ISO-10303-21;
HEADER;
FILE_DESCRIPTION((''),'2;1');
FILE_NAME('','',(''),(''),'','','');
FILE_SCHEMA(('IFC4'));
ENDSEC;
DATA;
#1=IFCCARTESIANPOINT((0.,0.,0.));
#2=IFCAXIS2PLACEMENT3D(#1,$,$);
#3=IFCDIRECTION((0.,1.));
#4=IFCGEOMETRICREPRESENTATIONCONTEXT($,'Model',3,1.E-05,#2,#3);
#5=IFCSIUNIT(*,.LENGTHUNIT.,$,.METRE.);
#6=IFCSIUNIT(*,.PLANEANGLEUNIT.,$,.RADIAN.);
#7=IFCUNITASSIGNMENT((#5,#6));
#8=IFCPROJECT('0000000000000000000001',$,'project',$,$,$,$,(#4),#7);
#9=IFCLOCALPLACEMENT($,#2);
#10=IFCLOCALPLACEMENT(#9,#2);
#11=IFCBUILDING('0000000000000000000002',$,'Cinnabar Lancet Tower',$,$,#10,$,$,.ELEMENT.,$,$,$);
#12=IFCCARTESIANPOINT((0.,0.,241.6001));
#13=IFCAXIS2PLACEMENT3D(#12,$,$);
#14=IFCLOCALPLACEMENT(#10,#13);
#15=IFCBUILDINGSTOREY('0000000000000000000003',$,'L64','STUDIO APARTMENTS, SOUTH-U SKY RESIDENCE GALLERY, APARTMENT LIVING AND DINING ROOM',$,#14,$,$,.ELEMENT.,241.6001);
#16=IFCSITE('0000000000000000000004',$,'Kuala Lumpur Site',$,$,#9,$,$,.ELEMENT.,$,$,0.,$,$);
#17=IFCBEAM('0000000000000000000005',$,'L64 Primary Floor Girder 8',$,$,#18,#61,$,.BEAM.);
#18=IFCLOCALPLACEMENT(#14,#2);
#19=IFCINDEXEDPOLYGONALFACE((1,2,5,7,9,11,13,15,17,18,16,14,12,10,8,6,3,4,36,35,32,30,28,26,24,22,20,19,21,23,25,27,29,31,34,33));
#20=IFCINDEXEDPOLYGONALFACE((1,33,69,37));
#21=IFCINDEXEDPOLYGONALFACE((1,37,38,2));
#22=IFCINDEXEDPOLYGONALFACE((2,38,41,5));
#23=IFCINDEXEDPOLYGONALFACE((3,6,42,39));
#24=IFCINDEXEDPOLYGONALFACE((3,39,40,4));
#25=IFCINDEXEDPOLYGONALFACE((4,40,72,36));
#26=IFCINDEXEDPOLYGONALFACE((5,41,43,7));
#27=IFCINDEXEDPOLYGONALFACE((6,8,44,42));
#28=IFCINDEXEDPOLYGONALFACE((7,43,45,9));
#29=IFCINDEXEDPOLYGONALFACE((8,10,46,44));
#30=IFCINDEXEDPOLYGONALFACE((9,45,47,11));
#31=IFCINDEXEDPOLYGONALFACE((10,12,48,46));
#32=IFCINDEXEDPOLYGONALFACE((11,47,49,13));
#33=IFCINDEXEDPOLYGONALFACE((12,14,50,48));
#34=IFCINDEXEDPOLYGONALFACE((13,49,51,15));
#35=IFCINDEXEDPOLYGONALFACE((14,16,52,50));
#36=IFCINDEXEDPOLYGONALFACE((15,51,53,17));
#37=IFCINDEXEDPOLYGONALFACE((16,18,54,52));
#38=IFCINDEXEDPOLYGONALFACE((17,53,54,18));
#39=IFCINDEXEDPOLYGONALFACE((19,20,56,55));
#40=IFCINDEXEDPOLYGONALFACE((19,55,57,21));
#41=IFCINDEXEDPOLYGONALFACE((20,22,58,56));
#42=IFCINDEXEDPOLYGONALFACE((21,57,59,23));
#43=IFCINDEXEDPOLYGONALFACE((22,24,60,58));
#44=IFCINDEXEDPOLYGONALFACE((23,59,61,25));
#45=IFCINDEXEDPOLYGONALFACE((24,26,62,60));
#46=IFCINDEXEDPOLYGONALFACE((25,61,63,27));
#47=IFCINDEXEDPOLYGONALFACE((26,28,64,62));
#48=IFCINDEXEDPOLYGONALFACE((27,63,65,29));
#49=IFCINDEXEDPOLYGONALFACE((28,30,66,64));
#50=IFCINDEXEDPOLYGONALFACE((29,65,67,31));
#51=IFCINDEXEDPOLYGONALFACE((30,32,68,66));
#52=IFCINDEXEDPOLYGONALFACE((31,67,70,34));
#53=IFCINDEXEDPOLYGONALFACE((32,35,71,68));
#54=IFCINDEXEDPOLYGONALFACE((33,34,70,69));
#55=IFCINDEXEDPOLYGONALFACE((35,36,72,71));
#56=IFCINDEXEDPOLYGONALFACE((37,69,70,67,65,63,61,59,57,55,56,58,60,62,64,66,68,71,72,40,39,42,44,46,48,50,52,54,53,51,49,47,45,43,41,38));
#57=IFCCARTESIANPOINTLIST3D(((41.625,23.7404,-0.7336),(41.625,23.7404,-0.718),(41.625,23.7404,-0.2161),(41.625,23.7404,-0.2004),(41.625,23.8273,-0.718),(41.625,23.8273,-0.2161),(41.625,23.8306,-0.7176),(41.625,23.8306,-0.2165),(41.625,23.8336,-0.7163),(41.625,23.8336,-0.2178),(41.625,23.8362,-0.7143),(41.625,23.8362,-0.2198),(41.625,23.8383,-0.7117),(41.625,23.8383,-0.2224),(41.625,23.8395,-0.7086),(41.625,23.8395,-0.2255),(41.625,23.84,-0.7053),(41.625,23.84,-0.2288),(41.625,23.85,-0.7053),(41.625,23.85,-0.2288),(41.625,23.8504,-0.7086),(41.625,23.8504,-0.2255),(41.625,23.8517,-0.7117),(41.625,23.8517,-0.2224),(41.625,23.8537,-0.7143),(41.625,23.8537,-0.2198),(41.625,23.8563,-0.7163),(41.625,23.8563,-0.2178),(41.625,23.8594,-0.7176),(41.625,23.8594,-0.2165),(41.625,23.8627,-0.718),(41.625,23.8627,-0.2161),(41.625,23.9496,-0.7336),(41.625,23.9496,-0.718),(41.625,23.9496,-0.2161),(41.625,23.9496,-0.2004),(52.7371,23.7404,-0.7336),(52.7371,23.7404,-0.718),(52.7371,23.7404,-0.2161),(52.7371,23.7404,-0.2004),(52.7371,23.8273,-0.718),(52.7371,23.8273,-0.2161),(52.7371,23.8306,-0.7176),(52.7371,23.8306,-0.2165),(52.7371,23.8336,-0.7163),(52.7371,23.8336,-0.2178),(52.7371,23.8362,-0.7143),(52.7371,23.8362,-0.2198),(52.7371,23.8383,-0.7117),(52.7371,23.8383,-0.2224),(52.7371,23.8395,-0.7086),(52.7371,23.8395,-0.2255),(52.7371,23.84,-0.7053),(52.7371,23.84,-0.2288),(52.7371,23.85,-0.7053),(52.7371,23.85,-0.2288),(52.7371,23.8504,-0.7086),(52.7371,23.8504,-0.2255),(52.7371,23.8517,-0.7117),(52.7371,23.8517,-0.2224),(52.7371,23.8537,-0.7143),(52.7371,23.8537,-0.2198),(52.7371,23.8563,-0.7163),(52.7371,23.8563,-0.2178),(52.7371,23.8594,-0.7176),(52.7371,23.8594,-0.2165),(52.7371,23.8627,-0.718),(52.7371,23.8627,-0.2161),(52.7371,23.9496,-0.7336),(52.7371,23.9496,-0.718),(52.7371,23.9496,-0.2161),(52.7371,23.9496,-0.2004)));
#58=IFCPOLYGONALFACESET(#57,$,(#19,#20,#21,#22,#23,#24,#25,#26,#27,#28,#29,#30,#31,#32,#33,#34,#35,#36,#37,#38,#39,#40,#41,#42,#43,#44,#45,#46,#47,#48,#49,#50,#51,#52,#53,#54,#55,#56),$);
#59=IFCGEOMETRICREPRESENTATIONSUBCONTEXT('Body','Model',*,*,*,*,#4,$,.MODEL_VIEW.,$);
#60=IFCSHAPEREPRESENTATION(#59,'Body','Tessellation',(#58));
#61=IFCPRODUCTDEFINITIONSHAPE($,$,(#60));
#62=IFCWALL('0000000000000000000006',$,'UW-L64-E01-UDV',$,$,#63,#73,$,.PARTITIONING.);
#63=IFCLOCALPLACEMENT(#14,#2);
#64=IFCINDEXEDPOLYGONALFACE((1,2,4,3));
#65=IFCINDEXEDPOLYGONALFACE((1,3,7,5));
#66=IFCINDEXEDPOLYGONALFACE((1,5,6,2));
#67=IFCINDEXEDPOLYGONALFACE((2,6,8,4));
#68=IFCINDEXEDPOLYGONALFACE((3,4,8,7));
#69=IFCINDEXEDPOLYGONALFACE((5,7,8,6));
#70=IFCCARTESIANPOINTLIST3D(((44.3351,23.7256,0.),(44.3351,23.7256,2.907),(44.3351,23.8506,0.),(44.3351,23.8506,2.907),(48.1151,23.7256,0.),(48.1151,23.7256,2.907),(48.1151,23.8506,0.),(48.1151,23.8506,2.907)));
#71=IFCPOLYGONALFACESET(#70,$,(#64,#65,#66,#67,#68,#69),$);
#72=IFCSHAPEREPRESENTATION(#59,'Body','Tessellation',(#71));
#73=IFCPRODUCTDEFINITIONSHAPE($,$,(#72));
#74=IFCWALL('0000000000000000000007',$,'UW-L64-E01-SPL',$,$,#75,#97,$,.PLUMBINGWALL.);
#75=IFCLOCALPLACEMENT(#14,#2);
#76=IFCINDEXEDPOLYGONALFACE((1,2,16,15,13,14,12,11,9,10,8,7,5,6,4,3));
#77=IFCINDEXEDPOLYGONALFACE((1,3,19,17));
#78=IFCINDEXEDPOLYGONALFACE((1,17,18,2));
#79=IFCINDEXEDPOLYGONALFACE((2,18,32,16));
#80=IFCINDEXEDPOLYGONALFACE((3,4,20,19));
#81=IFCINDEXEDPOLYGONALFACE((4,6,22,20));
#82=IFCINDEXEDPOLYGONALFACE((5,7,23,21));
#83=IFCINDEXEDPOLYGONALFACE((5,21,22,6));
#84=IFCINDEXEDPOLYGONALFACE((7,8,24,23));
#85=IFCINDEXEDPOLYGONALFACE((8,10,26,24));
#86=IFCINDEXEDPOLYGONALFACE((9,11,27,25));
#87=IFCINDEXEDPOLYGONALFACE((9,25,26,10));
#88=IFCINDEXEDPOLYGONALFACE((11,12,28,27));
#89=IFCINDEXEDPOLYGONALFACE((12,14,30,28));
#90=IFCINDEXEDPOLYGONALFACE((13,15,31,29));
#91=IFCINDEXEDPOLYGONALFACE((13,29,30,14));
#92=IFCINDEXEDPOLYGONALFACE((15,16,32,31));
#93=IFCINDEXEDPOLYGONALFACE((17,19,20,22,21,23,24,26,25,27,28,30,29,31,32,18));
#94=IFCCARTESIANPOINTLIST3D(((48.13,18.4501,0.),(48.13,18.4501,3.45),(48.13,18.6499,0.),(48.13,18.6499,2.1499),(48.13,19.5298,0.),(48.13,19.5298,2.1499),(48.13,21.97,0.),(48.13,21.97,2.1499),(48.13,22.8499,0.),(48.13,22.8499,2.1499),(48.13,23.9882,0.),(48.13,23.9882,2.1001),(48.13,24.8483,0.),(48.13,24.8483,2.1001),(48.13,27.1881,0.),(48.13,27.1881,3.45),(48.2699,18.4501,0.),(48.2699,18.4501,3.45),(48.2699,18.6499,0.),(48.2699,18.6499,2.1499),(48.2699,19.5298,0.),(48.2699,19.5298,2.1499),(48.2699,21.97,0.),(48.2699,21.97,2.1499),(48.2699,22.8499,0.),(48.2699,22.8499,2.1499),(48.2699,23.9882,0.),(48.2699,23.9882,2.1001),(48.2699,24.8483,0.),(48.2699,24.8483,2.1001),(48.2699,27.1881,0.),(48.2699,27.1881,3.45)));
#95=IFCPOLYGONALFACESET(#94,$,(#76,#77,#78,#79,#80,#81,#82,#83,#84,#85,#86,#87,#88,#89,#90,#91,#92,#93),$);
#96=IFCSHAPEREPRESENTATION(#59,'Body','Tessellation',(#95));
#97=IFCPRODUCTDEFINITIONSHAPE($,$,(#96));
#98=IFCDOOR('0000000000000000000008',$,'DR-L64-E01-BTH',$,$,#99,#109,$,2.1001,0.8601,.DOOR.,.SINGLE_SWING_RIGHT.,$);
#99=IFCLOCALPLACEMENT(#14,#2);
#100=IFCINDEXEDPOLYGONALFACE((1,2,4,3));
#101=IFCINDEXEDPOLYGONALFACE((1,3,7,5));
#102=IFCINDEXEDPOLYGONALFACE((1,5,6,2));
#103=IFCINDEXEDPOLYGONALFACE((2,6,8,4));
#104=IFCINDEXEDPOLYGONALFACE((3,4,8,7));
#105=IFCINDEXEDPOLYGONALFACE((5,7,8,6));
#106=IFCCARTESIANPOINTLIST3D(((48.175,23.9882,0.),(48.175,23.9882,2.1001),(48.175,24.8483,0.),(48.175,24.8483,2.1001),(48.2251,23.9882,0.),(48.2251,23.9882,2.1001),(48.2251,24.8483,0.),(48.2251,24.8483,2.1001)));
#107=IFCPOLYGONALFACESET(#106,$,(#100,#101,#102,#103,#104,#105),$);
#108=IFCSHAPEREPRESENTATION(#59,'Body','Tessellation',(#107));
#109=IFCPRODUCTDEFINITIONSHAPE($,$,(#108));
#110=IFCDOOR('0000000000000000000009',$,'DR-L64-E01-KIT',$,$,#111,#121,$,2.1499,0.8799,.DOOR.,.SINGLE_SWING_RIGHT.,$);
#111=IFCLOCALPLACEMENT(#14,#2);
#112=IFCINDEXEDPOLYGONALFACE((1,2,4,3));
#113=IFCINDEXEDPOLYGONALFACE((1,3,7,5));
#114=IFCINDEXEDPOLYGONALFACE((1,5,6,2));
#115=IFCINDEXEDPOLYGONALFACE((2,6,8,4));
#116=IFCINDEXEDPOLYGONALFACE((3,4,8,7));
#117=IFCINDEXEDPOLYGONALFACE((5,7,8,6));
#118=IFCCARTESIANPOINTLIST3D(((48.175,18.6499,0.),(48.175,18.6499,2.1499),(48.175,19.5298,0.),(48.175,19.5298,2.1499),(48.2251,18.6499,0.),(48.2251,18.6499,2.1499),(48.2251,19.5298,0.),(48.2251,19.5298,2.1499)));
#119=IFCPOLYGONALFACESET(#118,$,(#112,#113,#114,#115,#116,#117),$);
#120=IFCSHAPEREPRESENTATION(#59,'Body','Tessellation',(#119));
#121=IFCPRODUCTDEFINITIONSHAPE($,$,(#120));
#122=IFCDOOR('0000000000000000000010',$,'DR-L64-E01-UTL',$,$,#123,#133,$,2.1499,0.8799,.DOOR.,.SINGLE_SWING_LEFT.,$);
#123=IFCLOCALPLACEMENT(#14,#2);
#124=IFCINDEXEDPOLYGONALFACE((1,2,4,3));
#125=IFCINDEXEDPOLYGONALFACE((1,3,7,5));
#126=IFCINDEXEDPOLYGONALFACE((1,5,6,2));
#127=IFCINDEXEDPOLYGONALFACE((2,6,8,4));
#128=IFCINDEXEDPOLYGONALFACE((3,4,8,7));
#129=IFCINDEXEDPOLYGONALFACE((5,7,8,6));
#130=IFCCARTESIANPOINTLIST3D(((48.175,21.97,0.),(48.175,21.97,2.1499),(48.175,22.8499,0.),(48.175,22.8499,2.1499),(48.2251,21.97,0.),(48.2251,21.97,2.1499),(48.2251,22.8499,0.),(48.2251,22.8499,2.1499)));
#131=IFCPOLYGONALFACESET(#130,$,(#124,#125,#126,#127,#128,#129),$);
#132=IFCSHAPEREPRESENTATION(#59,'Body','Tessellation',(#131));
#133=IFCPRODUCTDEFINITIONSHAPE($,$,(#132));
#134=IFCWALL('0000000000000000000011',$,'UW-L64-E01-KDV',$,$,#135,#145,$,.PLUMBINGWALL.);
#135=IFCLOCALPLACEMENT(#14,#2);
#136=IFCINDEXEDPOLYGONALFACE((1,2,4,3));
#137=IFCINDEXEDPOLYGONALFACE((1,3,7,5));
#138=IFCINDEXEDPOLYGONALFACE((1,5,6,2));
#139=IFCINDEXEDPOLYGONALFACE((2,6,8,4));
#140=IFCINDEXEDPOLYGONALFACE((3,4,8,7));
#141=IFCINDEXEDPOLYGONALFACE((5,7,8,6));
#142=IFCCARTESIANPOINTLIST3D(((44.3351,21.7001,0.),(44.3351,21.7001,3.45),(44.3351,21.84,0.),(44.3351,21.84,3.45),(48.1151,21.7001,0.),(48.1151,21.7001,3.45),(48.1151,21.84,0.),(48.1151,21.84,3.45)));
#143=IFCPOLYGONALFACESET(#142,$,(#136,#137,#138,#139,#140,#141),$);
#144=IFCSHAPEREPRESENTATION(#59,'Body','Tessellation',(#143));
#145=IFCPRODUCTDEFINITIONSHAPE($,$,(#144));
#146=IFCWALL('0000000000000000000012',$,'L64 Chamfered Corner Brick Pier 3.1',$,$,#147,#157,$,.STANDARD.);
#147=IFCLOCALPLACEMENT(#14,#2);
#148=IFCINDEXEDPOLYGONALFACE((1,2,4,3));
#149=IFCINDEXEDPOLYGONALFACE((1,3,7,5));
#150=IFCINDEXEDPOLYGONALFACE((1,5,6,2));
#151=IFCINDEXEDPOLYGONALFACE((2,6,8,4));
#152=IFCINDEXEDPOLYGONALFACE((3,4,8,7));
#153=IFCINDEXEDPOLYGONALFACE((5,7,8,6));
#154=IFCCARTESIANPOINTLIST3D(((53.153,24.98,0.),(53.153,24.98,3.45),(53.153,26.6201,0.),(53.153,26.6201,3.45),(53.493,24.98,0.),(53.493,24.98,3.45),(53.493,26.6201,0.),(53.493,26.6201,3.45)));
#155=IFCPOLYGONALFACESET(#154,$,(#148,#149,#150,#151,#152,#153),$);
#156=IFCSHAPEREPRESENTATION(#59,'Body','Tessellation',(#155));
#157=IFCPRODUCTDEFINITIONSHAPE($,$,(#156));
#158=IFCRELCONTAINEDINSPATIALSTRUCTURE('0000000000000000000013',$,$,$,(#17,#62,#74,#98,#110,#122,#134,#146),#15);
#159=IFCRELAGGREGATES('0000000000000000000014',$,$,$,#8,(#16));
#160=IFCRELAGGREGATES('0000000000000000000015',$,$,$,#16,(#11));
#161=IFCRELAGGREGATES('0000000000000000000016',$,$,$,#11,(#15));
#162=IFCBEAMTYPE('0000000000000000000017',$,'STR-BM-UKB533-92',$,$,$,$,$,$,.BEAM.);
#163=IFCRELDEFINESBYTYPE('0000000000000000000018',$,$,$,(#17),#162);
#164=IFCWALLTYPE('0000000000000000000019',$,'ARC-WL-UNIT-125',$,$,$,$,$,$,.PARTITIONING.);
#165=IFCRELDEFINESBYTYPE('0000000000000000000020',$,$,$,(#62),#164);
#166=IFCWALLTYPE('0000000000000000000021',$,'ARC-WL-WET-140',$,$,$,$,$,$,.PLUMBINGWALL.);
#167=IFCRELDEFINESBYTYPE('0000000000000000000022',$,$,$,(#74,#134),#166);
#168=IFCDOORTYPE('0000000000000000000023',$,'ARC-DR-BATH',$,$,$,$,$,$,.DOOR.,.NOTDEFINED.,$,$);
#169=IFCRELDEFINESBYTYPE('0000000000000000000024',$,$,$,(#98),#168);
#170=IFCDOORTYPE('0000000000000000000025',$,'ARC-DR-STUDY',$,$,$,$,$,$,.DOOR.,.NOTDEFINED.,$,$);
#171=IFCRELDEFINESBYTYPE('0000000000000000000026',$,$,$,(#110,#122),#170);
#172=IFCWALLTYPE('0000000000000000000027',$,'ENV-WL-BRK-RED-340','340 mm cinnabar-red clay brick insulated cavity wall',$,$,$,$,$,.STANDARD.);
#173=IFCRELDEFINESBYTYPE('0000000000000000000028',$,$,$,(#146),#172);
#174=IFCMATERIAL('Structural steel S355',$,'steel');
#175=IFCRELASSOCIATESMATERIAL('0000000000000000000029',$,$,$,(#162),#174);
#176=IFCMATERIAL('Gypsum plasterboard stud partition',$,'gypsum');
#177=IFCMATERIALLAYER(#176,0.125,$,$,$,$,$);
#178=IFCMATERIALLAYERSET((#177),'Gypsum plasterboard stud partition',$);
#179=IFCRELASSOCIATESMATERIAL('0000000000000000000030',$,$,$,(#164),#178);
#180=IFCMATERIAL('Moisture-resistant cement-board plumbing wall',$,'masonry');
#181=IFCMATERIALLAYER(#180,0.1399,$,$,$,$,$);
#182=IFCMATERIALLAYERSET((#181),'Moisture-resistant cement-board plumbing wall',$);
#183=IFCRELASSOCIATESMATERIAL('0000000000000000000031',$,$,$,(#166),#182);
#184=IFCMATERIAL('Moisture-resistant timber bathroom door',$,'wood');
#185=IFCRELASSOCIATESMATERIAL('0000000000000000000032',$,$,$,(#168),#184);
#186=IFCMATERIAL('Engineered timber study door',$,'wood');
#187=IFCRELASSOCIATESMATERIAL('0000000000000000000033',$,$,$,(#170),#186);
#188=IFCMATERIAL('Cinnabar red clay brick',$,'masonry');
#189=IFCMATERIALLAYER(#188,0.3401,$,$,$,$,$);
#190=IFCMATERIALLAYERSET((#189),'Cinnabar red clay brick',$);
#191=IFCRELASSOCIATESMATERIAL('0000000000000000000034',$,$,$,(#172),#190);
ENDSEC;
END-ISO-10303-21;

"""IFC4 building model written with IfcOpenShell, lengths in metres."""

from ifc_helpers import new_model, si_unit, direction, frame, frame_2d, origin, origin_2d, place, context, subcontext, project, spatial, rectangle, i_section, extrude, material, layer, layer_set, material_profile, profile_set, type_object, element, fill, save


model = new_model("IFC4")

# Units and contexts
model_context = context("Model", 3, precision=1e-05, world=origin(), true_north=direction((0.0, 1.0)))
body_context = subcontext(model_context, "Body", "Model", "MODEL_VIEW")
ifc_project = project(units=[si_unit("LENGTHUNIT", "METRE"), si_unit("PLANEANGLEUNIT", "RADIAN")], contexts=[model_context])

# Site, building, storey
site_placement = place(None, origin())
site = spatial("IfcSite", under=ifc_project, at=site_placement, Name="Kuala Lumpur Site", CompositionType="ELEMENT", RefElevation=0.0)
building_placement = place(site_placement, origin())
building = spatial("IfcBuilding", under=site, at=building_placement, Name="Cinnabar Lancet Tower", CompositionType="ELEMENT")
storey_placement = place(building_placement, frame((0.0, 0.0, 241.6001)))
storey = spatial("IfcBuildingStorey", under=building, at=storey_placement, Name="L64", Description="STUDIO APARTMENTS, SOUTH-U SKY RESIDENCE GALLERY, APARTMENT LIVING AND DINING ROOM", CompositionType="ELEMENT", Elevation=241.6001)

# Beam
ifc_material_1 = material(Name="Structural steel S355", Category="steel")
ifc_material_profile_1 = material_profile(ifc_material_1, i_section(OverallWidth=0.2092, OverallDepth=0.5332, WebThickness=0.01, FlangeThickness=0.0156, FilletRadius=0.0127, at=origin_2d()), Name="UKB 533x210x92")
ifc_profile_set_1 = profile_set([ifc_material_profile_1], Name="Structural steel S355")
beam_type_1 = type_object("IfcBeamType", Name="STR-BM-UKB533-92", PredefinedType="BEAM", material=ifc_profile_set_1)
beam_1_placement = place(storey_placement, frame((52.7371, 23.845, -0.467), z_axis=(-1.0, 0.0, 0.0), x_axis=(0.0, -1.0, 0.0)))
element("IfcBeam", 1, at=beam_1_placement, inside=storey, type_object=beam_type_1, Name="L64 Primary Floor Girder 8", PredefinedType="BEAM", context=body_context, shape_type="SweptSolid", body=[
    extrude(i_section(OverallWidth=0.2092, OverallDepth=0.5332, WebThickness=0.01, FlangeThickness=0.0156, FilletRadius=0.0127, at=origin_2d()), origin(), (0.0, 0.0, 1.0), 11.1121),
])

# Wall
ifc_material_2 = material(Name="Gypsum plasterboard stud partition", Category="gypsum")
ifc_layer_1 = layer(ifc_material_2, 0.125)
ifc_layer_set_1 = layer_set([ifc_layer_1], Name="Gypsum plasterboard stud partition")
wall_type_1 = type_object("IfcWallType", Name="ARC-WL-UNIT-125", PredefinedType="PARTITIONING", material=ifc_layer_set_1)
wall_1_placement = place(storey_placement, frame((44.335, 23.7881, 0.0), z_axis=(0.0, 0.0, 1.0), x_axis=(1.0, 0.0, 0.0)))
element("IfcWall", 2, at=wall_1_placement, inside=storey, type_object=wall_type_1, Name="UW-L64-E01-UDV", PredefinedType="PARTITIONING", context=body_context, shape_type="SweptSolid", body=[
    extrude(rectangle(XDim=3.78, YDim=0.125, at=frame_2d((1.8901, 0.0))), origin(), (0.0, 0.0, 1.0), 2.907),
])

# Wall, openings, doors
ifc_material_3 = material(Name="Moisture-resistant cement-board plumbing wall", Category="masonry")
ifc_layer_2 = layer(ifc_material_3, 0.1399)
ifc_layer_set_2 = layer_set([ifc_layer_2], Name="Moisture-resistant cement-board plumbing wall")
wall_type_2 = type_object("IfcWallType", Name="ARC-WL-WET-140", PredefinedType="PLUMBINGWALL", material=ifc_layer_set_2)
wall_2_placement = place(storey_placement, frame((48.2, 18.45, 0.0), z_axis=(0.0, 0.0, 1.0), x_axis=(0.0, 1.0, 0.0)))
wall_2 = element("IfcWall", 3, at=wall_2_placement, inside=storey, type_object=wall_type_2, Name="UW-L64-E01-SPL", PredefinedType="PLUMBINGWALL", context=body_context, shape_type="SweptSolid", body=[
    extrude(rectangle(XDim=8.738, YDim=0.1399, at=frame_2d((4.3691, 0.0))), origin(), (0.0, 0.0, 1.0), 3.45),
])
opening_1_placement = place(wall_2_placement, frame((0.2, 0.0, 0.0)))
opening_1 = element("IfcOpeningElement", 4, at=opening_1_placement, cuts=wall_2, PredefinedType="OPENING", context=body_context, shape_type="SweptSolid", body=[
    extrude(rectangle(XDim=0.8799, YDim=2.1499, at=frame_2d((0.4399, 1.075))), frame((0.0, 0.0798, 0.0), z_axis=(0.0, -1.0, 0.0), x_axis=(1.0, 0.0, 0.0)), (0.0, 0.0, 1.0), 0.1599),
])
opening_2_placement = place(wall_2_placement, frame((3.52, 0.0, 0.0)))
opening_2 = element("IfcOpeningElement", 5, at=opening_2_placement, cuts=wall_2, PredefinedType="OPENING", context=body_context, shape_type="SweptSolid", body=[
    extrude(rectangle(XDim=0.8799, YDim=2.1499, at=frame_2d((0.4399, 1.075))), frame((0.0, 0.0798, 0.0), z_axis=(0.0, -1.0, 0.0), x_axis=(1.0, 0.0, 0.0)), (0.0, 0.0, 1.0), 0.1599),
])
opening_3_placement = place(wall_2_placement, frame((5.5381, 0.0, 0.0)))
opening_3 = element("IfcOpeningElement", 6, at=opening_3_placement, cuts=wall_2, PredefinedType="OPENING", context=body_context, shape_type="SweptSolid", body=[
    extrude(rectangle(XDim=0.8601, YDim=2.1001, at=frame_2d((0.4302, 1.05))), frame((0.0, 0.0798, 0.0), z_axis=(0.0, -1.0, 0.0), x_axis=(1.0, 0.0, 0.0)), (0.0, 0.0, 1.0), 0.1599),
])
ifc_material_4 = material(Name="Moisture-resistant timber bathroom door", Category="wood")
door_type_1 = type_object("IfcDoorType", Name="ARC-DR-BATH", OperationType="NOTDEFINED", PredefinedType="DOOR", material=ifc_material_4)
door_1_placement = place(opening_3_placement, origin())
door_1 = element("IfcDoor", 7, at=door_1_placement, inside=storey, type_object=door_type_1, Name="DR-L64-E01-BTH", OperationType="SINGLE_SWING_RIGHT", OverallHeight=2.1001, OverallWidth=0.8601, PredefinedType="DOOR", context=body_context, shape_type="SweptSolid", body=[
    extrude(rectangle(XDim=0.8601, YDim=2.1001, at=frame_2d((0.4302, 1.05))), frame((0.0, 0.0249, 0.0), z_axis=(0.0, -1.0, 0.0), x_axis=(1.0, 0.0, 0.0)), (0.0, 0.0, 1.0), 0.05),
])
fill(opening_3, door_1)
ifc_material_5 = material(Name="Engineered timber study door", Category="wood")
door_type_2 = type_object("IfcDoorType", Name="ARC-DR-STUDY", OperationType="NOTDEFINED", PredefinedType="DOOR", material=ifc_material_5)
door_2_placement = place(opening_1_placement, origin())
door_2 = element("IfcDoor", 8, at=door_2_placement, inside=storey, type_object=door_type_2, Name="DR-L64-E01-KIT", OperationType="SINGLE_SWING_RIGHT", OverallHeight=2.1499, OverallWidth=0.8799, PredefinedType="DOOR", context=body_context, shape_type="SweptSolid", body=[
    extrude(rectangle(XDim=0.8799, YDim=2.1499, at=frame_2d((0.4399, 1.075))), frame((0.0, 0.0249, 0.0), z_axis=(0.0, -1.0, 0.0), x_axis=(1.0, 0.0, 0.0)), (0.0, 0.0, 1.0), 0.05),
])
fill(opening_1, door_2)
door_3_placement = place(opening_2_placement, origin())
door_3 = element("IfcDoor", 9, at=door_3_placement, inside=storey, type_object=door_type_2, Name="DR-L64-E01-UTL", OperationType="SINGLE_SWING_LEFT", OverallHeight=2.1499, OverallWidth=0.8799, PredefinedType="DOOR", context=body_context, shape_type="SweptSolid", body=[
    extrude(rectangle(XDim=0.8799, YDim=2.1499, at=frame_2d((0.4399, 1.075))), frame((0.0, 0.0249, 0.0), z_axis=(0.0, -1.0, 0.0), x_axis=(1.0, 0.0, 0.0)), (0.0, 0.0, 1.0), 0.05),
])
fill(opening_2, door_3)

# Walls
wall_3_placement = place(storey_placement, frame((44.335, 21.77, 0.0), z_axis=(0.0, 0.0, 1.0), x_axis=(1.0, 0.0, 0.0)))
element("IfcWall", 10, at=wall_3_placement, inside=storey, type_object=wall_type_2, Name="UW-L64-E01-KDV", PredefinedType="PLUMBINGWALL", context=body_context, shape_type="SweptSolid", body=[
    extrude(rectangle(XDim=3.78, YDim=0.1399, at=frame_2d((1.8901, 0.0))), origin(), (0.0, 0.0, 1.0), 3.45),
])
ifc_material_6 = material(Name="Cinnabar red clay brick", Category="masonry")
ifc_layer_3 = layer(ifc_material_6, 0.3401)
ifc_layer_set_3 = layer_set([ifc_layer_3], Name="Cinnabar red clay brick")
wall_type_3 = type_object("IfcWallType", Name="ENV-WL-BRK-RED-340", Description="340 mm cinnabar-red clay brick insulated cavity wall", PredefinedType="STANDARD", material=ifc_layer_set_3)
wall_4_placement = place(storey_placement, frame((53.323, 24.98, 0.0), z_axis=(0.0, 0.0, 1.0), x_axis=(0.0, 1.0, 0.0)))
element("IfcWall", 11, at=wall_4_placement, inside=storey, type_object=wall_type_3, Name="L64 Chamfered Corner Brick Pier 3.1", PredefinedType="STANDARD", context=body_context, shape_type="SweptSolid", body=[
    extrude(rectangle(XDim=1.6401, YDim=0.3401, at=frame_2d((0.8201, 0.0))), origin(), (0.0, 0.0, 1.0), 3.45),
])

save(model, "model.ifc")
